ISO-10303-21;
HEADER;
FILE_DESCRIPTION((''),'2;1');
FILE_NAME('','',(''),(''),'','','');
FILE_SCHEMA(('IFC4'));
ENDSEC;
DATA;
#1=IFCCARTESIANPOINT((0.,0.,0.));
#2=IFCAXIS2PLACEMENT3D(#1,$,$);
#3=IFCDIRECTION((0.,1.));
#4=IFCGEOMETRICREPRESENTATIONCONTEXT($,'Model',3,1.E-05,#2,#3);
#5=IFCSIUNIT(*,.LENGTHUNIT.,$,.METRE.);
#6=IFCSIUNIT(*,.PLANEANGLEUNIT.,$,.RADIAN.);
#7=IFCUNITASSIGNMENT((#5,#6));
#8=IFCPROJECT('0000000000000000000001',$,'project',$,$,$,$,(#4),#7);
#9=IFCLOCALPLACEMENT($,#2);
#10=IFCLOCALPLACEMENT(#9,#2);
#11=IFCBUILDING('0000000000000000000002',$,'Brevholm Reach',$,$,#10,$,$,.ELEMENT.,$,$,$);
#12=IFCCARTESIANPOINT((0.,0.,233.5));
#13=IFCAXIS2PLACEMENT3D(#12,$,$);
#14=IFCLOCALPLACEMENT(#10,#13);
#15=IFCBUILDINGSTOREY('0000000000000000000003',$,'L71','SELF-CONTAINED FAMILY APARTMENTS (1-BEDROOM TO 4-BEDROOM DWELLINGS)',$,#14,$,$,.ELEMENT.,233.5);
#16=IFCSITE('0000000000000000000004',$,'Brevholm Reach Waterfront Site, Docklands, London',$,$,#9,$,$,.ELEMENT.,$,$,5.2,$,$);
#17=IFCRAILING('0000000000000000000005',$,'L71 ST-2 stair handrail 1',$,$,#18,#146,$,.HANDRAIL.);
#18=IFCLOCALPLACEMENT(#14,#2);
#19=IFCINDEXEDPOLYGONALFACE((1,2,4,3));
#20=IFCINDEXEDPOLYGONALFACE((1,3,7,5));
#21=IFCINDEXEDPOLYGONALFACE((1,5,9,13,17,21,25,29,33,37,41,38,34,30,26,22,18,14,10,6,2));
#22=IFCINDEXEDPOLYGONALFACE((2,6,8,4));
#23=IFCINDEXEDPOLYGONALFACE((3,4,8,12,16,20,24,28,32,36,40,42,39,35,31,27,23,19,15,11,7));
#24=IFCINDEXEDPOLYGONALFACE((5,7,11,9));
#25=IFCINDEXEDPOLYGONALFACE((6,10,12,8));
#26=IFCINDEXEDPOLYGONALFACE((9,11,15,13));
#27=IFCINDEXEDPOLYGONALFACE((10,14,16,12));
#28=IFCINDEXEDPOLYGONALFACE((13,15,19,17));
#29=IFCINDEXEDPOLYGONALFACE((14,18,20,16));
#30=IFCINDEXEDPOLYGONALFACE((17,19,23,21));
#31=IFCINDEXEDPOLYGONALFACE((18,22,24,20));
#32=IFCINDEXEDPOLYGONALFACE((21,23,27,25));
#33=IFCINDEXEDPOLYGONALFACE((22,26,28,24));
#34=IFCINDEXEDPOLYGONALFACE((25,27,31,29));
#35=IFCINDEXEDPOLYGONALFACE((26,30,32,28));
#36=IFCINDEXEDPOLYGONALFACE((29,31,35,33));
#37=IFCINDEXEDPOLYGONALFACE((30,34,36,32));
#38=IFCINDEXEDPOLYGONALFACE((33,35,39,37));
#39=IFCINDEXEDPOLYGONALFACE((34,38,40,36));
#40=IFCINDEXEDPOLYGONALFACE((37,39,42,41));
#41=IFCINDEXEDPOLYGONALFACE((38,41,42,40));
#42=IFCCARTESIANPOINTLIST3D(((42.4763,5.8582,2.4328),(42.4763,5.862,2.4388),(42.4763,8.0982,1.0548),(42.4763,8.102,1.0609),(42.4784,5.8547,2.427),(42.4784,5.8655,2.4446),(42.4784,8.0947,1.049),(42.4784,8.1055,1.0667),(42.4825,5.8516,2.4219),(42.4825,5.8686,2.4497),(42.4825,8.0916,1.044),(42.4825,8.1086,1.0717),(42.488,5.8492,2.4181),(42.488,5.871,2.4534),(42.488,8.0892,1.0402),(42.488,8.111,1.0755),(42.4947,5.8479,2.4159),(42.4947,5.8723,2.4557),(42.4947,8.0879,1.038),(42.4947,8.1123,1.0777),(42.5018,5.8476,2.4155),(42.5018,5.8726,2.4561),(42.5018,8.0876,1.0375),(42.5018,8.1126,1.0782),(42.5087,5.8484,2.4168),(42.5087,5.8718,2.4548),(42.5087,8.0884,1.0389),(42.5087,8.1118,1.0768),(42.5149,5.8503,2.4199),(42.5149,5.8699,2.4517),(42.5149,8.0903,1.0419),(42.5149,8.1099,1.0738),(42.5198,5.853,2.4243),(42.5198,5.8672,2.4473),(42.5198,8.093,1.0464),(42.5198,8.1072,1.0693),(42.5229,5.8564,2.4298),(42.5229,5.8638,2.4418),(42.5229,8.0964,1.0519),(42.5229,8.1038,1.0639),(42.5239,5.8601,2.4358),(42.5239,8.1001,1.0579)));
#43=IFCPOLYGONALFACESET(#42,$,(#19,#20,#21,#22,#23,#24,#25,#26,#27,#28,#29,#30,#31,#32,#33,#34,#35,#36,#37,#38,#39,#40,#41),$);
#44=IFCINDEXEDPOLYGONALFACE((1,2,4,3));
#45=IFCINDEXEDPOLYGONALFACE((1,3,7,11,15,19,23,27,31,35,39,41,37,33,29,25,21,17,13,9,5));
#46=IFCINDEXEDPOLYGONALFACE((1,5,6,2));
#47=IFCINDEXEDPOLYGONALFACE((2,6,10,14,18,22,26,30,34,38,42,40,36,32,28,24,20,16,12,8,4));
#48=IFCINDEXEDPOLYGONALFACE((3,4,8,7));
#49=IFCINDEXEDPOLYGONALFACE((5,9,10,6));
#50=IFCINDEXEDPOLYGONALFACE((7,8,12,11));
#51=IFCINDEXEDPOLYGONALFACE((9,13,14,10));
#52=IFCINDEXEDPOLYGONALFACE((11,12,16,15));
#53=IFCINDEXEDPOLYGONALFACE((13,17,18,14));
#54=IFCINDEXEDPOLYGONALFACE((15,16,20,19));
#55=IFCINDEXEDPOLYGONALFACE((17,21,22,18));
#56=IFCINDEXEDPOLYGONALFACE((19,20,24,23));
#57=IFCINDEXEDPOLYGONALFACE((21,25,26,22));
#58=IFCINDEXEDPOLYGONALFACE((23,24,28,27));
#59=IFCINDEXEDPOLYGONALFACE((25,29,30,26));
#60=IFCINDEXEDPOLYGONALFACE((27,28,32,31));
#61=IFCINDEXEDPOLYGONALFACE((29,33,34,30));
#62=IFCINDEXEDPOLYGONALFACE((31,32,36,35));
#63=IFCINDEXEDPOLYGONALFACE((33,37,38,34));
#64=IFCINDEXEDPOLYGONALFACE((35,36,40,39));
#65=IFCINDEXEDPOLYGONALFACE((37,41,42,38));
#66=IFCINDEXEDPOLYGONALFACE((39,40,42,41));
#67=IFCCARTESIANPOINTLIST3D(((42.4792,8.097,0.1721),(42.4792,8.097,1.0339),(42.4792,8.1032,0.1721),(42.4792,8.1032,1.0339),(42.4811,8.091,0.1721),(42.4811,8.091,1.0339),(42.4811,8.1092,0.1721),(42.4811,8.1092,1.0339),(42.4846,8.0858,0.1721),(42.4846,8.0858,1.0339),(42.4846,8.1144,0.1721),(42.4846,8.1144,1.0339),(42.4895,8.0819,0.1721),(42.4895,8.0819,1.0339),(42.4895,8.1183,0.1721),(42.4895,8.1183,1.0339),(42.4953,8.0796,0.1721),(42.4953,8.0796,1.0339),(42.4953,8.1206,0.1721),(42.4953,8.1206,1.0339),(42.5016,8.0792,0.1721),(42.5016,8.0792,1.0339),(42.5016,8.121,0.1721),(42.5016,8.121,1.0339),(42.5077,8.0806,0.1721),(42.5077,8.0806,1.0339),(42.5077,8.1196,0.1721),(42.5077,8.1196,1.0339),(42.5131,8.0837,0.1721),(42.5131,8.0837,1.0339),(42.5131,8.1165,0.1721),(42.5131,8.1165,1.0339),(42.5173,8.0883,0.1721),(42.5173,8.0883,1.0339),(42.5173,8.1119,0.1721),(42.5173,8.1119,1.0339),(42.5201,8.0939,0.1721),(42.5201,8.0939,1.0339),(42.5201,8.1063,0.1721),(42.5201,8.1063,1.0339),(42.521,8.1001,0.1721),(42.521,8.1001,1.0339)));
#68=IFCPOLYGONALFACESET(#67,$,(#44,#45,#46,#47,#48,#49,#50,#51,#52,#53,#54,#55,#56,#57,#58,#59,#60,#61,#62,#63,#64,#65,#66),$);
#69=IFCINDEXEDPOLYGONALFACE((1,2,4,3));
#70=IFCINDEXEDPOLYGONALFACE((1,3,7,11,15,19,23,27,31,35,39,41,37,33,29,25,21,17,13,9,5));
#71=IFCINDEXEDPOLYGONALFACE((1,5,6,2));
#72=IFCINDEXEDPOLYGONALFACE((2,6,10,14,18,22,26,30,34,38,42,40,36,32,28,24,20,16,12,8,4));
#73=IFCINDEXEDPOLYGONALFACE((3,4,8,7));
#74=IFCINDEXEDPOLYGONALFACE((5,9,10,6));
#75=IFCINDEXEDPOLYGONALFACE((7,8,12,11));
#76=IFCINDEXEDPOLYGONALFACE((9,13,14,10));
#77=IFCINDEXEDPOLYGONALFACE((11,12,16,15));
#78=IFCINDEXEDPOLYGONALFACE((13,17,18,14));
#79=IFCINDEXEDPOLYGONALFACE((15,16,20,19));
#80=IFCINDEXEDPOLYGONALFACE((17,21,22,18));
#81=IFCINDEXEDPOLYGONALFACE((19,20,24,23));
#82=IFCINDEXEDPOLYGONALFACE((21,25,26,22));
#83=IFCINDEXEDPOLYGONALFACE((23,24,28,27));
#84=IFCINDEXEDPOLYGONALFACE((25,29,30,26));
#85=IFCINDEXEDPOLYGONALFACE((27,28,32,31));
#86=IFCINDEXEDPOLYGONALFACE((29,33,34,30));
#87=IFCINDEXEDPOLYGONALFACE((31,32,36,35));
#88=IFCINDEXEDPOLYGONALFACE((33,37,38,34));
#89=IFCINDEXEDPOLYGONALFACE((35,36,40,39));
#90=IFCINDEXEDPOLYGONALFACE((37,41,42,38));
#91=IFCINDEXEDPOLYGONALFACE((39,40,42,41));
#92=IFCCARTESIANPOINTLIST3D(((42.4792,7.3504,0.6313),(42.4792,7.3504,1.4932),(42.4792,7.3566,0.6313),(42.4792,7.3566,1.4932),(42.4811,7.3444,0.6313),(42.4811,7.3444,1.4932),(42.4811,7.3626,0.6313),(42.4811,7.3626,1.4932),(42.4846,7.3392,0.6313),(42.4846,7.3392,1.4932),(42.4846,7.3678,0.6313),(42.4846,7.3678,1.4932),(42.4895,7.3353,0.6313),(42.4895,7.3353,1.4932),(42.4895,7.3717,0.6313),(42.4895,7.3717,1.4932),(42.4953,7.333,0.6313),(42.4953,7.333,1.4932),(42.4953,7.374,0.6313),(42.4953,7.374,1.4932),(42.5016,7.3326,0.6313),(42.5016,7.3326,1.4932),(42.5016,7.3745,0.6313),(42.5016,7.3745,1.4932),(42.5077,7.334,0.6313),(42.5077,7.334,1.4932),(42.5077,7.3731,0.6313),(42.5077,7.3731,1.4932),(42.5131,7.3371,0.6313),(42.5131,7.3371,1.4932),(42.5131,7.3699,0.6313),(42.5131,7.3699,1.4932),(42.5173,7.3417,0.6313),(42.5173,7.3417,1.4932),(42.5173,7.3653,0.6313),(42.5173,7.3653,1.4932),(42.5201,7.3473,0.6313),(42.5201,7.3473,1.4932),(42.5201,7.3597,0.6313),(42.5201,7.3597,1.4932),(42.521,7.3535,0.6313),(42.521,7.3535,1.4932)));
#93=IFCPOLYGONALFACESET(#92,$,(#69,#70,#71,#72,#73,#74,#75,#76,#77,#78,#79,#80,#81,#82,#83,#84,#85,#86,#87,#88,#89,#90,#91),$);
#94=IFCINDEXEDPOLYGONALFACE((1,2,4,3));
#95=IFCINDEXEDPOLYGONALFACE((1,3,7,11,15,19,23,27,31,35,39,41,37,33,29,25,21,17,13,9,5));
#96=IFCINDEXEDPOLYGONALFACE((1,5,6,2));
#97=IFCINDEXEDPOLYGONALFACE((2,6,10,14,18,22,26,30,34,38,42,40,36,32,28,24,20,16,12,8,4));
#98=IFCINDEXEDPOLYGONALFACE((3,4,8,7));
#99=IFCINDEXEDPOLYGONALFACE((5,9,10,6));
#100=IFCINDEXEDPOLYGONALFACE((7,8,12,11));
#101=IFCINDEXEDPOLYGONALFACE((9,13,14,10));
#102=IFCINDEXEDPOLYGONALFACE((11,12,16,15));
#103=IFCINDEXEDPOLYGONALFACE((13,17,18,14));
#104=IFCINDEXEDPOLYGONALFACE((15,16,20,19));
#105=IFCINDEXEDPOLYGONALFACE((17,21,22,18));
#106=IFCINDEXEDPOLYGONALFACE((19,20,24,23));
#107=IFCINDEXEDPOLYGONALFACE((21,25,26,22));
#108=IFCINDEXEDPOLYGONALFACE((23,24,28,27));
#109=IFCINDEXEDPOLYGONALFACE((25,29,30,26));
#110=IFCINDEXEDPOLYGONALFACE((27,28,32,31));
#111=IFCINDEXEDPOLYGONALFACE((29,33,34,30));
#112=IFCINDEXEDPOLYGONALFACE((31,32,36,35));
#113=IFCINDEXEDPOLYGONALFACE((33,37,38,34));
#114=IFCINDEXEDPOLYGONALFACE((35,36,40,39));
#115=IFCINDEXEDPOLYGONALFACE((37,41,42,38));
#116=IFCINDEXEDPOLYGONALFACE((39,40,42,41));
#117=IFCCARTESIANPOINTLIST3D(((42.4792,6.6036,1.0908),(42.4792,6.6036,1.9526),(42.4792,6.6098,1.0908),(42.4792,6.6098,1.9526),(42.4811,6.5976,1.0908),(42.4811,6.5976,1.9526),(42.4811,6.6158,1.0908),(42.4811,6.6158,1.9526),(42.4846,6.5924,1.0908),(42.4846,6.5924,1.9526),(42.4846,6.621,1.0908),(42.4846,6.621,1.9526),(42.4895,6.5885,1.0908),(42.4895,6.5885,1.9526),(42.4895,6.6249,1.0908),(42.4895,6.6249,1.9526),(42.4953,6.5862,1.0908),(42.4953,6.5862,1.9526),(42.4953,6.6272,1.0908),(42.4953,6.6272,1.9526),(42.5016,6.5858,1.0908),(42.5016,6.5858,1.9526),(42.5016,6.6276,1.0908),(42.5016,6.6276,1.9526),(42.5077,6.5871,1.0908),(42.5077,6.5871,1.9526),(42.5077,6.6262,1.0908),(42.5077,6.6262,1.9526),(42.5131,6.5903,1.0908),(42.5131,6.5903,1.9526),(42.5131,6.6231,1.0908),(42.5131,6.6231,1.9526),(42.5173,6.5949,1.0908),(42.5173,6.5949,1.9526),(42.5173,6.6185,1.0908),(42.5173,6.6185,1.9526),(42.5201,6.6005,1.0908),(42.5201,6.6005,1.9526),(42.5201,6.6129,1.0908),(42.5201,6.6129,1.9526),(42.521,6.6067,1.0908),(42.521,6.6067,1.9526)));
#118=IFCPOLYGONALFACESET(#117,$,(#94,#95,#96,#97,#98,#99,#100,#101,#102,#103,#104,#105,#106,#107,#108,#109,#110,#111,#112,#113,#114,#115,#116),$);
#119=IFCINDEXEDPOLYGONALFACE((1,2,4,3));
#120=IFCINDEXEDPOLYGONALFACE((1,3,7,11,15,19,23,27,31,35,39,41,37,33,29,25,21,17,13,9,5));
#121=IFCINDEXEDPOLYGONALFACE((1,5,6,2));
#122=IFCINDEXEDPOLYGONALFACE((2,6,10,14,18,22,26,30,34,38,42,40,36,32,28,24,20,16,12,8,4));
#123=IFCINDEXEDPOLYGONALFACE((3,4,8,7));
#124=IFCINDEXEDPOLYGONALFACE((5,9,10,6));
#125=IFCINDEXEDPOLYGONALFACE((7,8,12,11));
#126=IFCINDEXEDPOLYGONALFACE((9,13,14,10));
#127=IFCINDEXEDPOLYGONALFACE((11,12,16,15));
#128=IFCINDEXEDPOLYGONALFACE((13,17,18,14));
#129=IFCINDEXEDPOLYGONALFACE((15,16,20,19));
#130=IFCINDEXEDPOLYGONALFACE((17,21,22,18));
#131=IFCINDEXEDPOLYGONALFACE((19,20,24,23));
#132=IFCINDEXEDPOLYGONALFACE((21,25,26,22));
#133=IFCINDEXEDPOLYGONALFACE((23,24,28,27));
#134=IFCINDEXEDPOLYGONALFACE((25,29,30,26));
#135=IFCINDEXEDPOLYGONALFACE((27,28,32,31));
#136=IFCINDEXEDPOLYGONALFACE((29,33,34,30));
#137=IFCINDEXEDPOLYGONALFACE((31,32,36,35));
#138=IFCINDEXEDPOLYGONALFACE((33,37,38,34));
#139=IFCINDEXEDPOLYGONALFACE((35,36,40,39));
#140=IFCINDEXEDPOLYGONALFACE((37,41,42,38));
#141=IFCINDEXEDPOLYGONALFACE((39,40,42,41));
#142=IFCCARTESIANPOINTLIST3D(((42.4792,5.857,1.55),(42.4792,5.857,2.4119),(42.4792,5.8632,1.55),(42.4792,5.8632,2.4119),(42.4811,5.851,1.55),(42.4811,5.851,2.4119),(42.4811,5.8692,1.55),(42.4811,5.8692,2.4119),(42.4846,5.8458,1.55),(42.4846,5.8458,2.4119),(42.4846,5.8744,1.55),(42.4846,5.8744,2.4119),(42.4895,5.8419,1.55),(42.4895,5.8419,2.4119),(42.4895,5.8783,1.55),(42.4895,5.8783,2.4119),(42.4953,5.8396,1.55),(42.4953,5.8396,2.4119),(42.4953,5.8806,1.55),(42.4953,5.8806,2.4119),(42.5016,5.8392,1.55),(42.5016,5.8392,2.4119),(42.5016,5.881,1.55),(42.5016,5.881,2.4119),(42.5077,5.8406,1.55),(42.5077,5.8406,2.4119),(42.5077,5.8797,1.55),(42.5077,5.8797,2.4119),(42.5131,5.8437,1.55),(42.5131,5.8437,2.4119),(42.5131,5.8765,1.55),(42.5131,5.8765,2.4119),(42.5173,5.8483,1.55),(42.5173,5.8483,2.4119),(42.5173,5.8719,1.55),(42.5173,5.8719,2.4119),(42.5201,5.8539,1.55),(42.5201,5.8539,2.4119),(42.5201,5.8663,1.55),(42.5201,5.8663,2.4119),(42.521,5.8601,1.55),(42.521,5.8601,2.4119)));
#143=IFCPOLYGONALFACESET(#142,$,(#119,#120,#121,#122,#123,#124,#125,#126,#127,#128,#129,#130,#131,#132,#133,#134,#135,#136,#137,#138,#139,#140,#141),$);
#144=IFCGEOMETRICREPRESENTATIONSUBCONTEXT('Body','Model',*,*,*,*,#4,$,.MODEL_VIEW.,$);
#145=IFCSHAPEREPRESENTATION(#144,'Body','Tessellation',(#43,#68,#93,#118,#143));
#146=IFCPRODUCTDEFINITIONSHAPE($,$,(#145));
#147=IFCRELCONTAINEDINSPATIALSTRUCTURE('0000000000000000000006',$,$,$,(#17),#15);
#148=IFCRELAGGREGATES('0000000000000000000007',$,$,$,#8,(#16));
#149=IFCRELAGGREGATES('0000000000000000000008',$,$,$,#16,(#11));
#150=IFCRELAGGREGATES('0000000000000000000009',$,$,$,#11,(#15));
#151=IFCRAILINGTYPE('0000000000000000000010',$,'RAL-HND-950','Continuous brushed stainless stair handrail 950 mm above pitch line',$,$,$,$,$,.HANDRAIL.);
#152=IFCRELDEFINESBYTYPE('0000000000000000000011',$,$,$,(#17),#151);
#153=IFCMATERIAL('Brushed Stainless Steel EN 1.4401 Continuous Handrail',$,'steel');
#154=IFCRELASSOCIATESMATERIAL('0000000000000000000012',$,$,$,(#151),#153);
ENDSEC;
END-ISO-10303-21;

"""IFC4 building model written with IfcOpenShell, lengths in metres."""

from ifc_helpers import new_model, si_unit, direction, frame, origin, origin_2d, place, context, subcontext, project, spatial, circle, extrude, material, type_object, element, save


model = new_model("IFC4")

# Units and contexts
model_context = context("Model", 3, precision=1e-05, world=origin(), true_north=direction((0.0, 1.0)))
body_context = subcontext(model_context, "Body", "Model", "MODEL_VIEW")
ifc_project = project(units=[si_unit("LENGTHUNIT", "METRE"), si_unit("PLANEANGLEUNIT", "RADIAN")], contexts=[model_context])

# Site, building, storey
site_placement = place(None, origin())
site = spatial("IfcSite", under=ifc_project, at=site_placement, Name="Brevholm Reach Waterfront Site, Docklands, London", CompositionType="ELEMENT", RefElevation=5.2)
building_placement = place(site_placement, origin())
building = spatial("IfcBuilding", under=site, at=building_placement, Name="Brevholm Reach", CompositionType="ELEMENT")
storey_placement = place(building_placement, frame((0.0, 0.0, 233.5)))
storey = spatial("IfcBuildingStorey", under=building, at=storey_placement, Name="L71", Description="SELF-CONTAINED FAMILY APARTMENTS (1-BEDROOM TO 4-BEDROOM DWELLINGS)", CompositionType="ELEMENT", Elevation=233.5)

# Railing
ifc_material_1 = material(Name="Brushed Stainless Steel EN 1.4401 Continuous Handrail", Category="steel")
railing_type = type_object("IfcRailingType", Name="RAL-HND-950", Description="Continuous brushed stainless stair handrail 950 mm above pitch line", PredefinedType="HANDRAIL", material=ifc_material_1)
railing_1_placement = place(storey_placement, frame((42.5, 8.1001, 0.1721)))
element("IfcRailing", 1, at=railing_1_placement, inside=storey, type_object=railing_type, Name="L71 ST-2 stair handrail 1", PredefinedType="HANDRAIL", context=body_context, shape_type="SweptSolid", body=[
    extrude(circle(Radius=0.0239, at=origin_2d()), frame((0.0, 0.0, 0.8857), z_axis=(0.0, -0.851748, 0.523952), x_axis=(1.0, 0.0, 0.0)), (0.0, 0.0, 1.0), 2.6299),
    extrude(circle(Radius=0.021, at=origin_2d()), origin(), (0.0, 0.0, 1.0), 0.8618),
    extrude(circle(Radius=0.021, at=origin_2d()), frame((0.0, -0.7466, 0.4592)), (0.0, 0.0, 1.0), 0.8618),
    extrude(circle(Radius=0.021, at=origin_2d()), frame((0.0, -1.4934, 0.9187)), (0.0, 0.0, 1.0), 0.8618),
    extrude(circle(Radius=0.021, at=origin_2d()), frame((0.0, -2.24, 1.3779)), (0.0, 0.0, 1.0), 0.8618),
])

save(model, "model.ifc")
